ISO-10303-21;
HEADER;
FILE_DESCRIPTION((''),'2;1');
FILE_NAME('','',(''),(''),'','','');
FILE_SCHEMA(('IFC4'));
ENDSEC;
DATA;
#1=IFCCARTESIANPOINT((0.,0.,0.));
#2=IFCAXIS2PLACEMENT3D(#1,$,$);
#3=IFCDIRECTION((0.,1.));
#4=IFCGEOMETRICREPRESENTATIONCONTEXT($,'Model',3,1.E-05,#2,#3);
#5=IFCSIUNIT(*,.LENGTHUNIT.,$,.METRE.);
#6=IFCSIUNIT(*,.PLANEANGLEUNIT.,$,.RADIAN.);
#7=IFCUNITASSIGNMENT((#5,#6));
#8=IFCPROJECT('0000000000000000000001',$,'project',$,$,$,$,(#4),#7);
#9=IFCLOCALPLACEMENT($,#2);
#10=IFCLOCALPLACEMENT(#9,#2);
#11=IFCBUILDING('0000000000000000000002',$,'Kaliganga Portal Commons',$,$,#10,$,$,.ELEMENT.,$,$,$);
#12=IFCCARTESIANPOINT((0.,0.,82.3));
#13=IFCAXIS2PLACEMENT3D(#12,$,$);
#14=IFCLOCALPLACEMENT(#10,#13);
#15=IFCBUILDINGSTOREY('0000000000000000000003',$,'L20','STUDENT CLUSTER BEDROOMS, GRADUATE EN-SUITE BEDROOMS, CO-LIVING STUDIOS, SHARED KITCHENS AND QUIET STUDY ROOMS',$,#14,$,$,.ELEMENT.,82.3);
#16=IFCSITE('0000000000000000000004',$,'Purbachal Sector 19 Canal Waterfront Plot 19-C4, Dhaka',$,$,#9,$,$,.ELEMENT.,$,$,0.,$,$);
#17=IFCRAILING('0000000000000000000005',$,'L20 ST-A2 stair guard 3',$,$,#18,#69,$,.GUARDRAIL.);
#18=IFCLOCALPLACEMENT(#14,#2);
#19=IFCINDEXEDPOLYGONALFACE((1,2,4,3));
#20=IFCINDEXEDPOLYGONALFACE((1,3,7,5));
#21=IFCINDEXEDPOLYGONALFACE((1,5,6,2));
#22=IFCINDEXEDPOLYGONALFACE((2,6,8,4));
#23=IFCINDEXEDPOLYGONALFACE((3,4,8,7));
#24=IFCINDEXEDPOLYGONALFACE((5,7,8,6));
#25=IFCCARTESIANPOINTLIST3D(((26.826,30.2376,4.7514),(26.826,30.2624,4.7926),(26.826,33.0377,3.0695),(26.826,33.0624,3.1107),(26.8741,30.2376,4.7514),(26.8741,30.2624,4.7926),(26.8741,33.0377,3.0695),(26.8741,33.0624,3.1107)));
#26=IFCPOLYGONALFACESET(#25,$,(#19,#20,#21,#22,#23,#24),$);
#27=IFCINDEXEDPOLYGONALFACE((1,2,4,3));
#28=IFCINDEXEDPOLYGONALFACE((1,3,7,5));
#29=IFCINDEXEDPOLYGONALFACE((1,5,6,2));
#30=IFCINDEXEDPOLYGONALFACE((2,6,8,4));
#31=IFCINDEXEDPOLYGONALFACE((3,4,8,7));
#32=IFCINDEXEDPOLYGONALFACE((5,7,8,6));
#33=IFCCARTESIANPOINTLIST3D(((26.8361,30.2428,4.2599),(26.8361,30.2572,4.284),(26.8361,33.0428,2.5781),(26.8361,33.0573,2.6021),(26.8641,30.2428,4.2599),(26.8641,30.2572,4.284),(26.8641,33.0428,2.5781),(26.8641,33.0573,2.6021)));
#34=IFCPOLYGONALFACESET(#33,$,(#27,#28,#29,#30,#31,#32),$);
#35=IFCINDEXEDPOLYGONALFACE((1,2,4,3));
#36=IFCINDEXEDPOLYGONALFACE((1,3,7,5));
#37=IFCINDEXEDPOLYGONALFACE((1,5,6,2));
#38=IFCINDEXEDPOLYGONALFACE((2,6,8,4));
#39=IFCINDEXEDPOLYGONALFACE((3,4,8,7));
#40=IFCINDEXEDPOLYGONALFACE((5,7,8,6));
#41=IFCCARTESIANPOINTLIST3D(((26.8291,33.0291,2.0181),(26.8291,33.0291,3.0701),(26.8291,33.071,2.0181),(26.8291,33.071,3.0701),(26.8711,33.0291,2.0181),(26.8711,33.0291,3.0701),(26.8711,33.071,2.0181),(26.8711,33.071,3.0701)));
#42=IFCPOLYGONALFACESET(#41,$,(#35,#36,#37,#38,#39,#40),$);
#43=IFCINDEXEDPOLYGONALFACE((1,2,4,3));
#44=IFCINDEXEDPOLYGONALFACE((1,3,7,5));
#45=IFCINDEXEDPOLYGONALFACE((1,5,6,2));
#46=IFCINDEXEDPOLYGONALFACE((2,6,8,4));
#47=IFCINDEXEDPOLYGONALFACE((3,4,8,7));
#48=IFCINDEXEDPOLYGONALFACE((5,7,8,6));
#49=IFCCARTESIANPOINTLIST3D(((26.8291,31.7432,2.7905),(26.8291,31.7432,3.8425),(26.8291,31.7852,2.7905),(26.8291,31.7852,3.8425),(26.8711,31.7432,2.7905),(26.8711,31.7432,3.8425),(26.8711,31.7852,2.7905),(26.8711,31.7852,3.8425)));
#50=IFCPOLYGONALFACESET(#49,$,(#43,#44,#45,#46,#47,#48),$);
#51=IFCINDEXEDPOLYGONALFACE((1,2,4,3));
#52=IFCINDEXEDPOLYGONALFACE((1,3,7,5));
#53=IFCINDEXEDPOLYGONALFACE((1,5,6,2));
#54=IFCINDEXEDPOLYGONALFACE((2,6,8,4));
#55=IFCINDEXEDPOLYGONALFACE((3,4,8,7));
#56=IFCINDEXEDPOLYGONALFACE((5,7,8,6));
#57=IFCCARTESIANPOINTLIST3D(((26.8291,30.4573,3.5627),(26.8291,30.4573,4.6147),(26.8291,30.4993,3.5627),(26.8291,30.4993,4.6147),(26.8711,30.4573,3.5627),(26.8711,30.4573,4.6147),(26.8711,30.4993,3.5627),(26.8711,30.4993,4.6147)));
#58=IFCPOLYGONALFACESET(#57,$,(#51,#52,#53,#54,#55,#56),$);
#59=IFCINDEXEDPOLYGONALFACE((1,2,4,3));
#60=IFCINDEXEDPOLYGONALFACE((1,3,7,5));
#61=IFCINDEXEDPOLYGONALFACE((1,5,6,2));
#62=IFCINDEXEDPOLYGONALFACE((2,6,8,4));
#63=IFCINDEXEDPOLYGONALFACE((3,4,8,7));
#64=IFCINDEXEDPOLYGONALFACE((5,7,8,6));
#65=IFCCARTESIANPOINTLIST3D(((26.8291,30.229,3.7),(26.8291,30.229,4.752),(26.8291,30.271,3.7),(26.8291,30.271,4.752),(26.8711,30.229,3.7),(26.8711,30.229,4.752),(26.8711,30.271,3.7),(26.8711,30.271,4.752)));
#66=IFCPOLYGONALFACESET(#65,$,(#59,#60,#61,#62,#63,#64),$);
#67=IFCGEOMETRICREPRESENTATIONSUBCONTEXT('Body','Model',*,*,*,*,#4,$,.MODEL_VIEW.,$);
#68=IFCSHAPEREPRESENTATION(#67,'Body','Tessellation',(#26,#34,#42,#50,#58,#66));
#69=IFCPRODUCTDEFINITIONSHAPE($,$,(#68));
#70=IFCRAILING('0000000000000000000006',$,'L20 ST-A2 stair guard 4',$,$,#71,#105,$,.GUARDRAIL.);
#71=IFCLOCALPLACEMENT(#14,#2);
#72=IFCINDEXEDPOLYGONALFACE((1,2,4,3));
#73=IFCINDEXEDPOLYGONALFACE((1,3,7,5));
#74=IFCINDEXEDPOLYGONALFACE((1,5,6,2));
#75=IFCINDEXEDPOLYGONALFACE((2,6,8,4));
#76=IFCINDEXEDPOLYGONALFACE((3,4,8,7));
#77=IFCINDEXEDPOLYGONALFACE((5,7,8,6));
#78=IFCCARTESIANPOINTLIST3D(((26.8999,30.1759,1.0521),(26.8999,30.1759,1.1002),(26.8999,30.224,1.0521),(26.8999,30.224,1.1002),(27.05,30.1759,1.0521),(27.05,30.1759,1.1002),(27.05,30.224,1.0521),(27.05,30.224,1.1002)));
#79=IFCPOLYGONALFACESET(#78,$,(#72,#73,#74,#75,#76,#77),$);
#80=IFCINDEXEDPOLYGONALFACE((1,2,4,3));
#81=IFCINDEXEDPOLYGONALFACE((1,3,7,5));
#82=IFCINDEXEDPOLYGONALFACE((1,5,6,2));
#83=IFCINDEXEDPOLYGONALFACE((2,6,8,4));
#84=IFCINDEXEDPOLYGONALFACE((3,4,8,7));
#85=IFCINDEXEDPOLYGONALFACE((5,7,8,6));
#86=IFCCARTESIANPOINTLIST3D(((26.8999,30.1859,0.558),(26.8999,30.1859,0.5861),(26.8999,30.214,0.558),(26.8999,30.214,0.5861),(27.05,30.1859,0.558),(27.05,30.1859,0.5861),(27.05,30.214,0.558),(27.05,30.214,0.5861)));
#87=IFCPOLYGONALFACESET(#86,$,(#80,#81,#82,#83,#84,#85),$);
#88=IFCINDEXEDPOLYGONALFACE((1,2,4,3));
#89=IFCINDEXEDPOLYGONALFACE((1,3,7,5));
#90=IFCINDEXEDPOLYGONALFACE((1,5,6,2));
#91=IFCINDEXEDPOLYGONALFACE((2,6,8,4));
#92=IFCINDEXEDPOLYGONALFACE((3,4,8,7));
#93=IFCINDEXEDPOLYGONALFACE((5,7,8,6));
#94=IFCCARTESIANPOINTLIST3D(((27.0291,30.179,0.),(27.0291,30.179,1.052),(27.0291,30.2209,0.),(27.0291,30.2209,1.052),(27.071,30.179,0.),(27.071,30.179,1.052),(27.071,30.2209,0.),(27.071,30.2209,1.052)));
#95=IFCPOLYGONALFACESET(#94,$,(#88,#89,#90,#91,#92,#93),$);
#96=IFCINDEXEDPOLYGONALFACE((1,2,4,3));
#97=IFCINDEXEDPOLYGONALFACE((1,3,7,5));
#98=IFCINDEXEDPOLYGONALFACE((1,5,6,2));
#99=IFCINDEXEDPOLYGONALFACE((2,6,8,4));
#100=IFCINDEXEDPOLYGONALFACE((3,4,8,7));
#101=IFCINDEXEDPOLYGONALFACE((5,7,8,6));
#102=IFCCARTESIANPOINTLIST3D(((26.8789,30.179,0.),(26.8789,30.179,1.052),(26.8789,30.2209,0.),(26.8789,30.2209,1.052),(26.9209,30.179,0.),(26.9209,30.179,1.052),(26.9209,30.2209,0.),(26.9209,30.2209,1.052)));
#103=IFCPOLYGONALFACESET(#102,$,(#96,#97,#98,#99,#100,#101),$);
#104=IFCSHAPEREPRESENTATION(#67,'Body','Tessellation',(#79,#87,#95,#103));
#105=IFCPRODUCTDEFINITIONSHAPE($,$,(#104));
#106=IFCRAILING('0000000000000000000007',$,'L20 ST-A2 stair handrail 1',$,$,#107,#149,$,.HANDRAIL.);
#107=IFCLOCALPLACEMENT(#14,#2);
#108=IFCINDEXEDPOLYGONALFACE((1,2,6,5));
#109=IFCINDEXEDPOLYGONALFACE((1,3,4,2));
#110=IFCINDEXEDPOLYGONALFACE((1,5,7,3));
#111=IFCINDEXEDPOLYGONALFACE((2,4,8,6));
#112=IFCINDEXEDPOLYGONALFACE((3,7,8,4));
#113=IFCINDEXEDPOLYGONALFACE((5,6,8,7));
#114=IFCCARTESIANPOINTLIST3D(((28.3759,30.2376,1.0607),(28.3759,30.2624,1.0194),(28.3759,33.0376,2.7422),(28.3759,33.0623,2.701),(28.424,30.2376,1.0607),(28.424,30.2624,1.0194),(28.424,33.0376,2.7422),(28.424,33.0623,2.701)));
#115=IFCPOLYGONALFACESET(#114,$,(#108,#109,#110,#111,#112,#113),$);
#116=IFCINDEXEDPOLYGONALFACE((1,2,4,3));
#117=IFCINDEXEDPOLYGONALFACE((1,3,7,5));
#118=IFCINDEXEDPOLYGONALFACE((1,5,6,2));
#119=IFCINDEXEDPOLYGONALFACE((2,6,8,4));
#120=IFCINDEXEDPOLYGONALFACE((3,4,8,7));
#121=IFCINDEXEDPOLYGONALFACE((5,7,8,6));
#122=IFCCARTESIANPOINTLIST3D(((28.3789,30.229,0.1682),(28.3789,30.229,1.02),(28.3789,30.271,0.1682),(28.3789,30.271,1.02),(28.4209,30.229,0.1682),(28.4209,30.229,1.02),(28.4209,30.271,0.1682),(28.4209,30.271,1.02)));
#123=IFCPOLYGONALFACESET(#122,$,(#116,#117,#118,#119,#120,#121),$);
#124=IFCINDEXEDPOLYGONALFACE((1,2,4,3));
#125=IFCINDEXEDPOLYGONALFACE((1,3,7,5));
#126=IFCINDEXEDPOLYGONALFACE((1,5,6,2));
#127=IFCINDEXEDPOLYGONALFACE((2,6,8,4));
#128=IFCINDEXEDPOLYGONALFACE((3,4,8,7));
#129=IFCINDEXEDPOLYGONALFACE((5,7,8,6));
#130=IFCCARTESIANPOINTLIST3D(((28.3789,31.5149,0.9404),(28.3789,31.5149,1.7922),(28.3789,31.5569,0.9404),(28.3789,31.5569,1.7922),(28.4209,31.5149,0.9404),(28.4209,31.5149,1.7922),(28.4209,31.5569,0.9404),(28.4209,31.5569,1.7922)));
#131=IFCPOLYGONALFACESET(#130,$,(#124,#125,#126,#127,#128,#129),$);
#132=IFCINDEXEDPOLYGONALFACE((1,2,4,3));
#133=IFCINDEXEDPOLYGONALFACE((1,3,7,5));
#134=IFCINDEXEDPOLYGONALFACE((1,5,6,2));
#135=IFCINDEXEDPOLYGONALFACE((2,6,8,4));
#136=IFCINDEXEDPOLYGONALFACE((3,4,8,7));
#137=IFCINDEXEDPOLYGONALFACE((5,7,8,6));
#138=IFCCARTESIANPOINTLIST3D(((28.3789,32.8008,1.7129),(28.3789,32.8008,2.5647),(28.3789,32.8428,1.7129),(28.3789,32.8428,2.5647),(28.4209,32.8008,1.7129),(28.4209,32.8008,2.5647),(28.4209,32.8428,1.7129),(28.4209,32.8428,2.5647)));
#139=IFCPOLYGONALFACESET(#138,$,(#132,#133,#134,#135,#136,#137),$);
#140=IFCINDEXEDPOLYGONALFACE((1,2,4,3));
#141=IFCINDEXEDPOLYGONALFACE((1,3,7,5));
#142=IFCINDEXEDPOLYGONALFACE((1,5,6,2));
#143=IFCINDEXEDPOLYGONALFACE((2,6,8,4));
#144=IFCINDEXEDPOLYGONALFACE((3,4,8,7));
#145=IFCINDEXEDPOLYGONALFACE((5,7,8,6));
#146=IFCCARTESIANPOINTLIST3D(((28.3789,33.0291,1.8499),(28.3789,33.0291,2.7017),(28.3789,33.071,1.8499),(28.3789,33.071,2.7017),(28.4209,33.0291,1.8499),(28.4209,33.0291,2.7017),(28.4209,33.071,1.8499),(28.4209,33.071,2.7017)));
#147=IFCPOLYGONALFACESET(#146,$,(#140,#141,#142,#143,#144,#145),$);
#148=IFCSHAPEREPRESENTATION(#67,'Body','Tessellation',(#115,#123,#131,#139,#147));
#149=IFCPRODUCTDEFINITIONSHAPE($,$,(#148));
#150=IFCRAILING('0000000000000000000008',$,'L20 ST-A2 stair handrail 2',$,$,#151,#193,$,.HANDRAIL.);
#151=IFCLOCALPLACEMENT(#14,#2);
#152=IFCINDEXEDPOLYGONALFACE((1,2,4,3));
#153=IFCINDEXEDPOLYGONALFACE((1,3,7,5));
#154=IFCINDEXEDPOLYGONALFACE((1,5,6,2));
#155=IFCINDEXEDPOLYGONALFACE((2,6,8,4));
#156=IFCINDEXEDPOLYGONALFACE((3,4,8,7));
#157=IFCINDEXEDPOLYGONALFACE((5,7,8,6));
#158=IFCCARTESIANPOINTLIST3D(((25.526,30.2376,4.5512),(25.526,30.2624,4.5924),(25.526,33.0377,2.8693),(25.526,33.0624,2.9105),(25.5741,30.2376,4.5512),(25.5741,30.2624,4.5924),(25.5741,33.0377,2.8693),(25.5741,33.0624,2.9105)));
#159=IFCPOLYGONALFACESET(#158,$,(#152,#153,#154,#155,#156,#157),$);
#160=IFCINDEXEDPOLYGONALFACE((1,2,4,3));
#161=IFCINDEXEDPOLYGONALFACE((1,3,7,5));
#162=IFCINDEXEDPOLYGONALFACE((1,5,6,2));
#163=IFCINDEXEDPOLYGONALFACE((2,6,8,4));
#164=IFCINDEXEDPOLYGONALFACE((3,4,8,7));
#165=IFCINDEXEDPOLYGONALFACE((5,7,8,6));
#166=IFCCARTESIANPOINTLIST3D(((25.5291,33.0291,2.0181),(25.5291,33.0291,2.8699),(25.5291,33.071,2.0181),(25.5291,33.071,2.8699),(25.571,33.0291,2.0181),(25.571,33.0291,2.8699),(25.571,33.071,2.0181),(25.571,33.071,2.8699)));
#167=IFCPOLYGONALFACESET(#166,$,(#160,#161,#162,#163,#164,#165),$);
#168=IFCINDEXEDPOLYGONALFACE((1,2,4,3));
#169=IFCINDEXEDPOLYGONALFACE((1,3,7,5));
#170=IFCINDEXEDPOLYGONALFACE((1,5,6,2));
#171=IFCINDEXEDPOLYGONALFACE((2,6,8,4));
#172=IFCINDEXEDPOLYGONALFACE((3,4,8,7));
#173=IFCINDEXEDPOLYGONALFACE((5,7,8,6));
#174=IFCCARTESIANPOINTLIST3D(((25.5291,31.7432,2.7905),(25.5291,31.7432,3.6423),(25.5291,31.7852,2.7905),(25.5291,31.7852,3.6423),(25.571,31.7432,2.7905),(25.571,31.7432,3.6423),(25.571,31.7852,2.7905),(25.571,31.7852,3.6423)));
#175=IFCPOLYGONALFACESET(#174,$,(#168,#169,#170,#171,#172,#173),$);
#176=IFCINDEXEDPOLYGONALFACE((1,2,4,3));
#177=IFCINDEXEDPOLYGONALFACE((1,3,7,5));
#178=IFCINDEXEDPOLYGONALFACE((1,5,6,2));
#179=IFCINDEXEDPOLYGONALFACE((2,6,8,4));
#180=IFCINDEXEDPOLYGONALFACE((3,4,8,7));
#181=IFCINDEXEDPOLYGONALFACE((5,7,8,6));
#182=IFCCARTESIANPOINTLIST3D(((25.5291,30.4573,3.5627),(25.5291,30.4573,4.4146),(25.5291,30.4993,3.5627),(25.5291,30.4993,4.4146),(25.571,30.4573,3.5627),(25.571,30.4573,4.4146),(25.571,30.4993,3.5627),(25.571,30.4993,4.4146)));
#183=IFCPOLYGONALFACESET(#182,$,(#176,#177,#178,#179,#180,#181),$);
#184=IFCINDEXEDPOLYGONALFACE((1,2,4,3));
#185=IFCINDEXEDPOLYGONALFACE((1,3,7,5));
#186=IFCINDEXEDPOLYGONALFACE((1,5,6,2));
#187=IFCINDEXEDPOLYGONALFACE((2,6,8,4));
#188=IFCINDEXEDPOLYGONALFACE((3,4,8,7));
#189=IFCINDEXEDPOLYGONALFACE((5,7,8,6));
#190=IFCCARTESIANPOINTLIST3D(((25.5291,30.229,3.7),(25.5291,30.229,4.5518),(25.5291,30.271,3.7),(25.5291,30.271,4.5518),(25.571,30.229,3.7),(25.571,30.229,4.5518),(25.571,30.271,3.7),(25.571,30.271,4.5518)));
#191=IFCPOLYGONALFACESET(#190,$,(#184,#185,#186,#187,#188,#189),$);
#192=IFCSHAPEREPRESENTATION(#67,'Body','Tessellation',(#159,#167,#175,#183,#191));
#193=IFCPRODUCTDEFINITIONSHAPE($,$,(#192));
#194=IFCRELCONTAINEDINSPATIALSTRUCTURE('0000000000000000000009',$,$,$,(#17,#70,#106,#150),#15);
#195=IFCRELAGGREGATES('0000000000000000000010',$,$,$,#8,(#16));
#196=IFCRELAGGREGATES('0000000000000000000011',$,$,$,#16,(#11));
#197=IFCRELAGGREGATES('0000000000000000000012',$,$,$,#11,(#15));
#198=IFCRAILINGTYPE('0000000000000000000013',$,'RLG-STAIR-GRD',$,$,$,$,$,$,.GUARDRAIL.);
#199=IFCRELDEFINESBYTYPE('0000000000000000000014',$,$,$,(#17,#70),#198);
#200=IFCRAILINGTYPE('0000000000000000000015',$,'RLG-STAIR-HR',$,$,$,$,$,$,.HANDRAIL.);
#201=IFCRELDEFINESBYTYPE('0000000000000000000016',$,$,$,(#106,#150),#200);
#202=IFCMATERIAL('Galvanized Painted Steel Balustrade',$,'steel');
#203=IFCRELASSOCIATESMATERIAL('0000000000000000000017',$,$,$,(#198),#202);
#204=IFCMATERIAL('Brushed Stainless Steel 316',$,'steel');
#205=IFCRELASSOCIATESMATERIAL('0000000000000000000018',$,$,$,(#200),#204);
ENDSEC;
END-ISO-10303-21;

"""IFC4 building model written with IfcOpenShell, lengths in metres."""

from ifc_helpers import new_model, si_unit, direction, frame, origin, origin_2d, place, context, subcontext, project, spatial, rectangle, extrude, material, type_object, element, save


model = new_model("IFC4")

# Units and contexts
model_context = context("Model", 3, precision=1e-05, world=origin(), true_north=direction((0.0, 1.0)))
body_context = subcontext(model_context, "Body", "Model", "MODEL_VIEW")
ifc_project = project(units=[si_unit("LENGTHUNIT", "METRE"), si_unit("PLANEANGLEUNIT", "RADIAN")], contexts=[model_context])

# Site, building, storey
site_placement = place(None, origin())
site = spatial("IfcSite", under=ifc_project, at=site_placement, Name="Purbachal Sector 19 Canal Waterfront Plot 19-C4, Dhaka", CompositionType="ELEMENT", RefElevation=0.0)
building_placement = place(site_placement, origin())
building = spatial("IfcBuilding", under=site, at=building_placement, Name="Kaliganga Portal Commons", CompositionType="ELEMENT")
storey_placement = place(building_placement, frame((0.0, 0.0, 82.3)))
storey = spatial("IfcBuildingStorey", under=building, at=storey_placement, Name="L20", Description="STUDENT CLUSTER BEDROOMS, GRADUATE EN-SUITE BEDROOMS, CO-LIVING STUDIOS, SHARED KITCHENS AND QUIET STUDY ROOMS", CompositionType="ELEMENT", Elevation=82.3)

# Railings
ifc_material_1 = material(Name="Galvanized Painted Steel Balustrade", Category="steel")
railing_type_1 = type_object("IfcRailingType", Name="RLG-STAIR-GRD", PredefinedType="GUARDRAIL", material=ifc_material_1)
railing_1_placement = place(storey_placement, frame((26.8501, 33.05, 2.0181)))
element("IfcRailing", 1, at=railing_1_placement, inside=storey, type_object=railing_type_1, Name="L20 ST-A2 stair guard 3", PredefinedType="GUARDRAIL", context=body_context, shape_type="SweptSolid", body=[
    extrude(rectangle(XDim=0.0481, YDim=0.0481, at=origin_2d()), frame((0.0, 0.0, 1.072), z_axis=(0.0, -0.857242, 0.514913), x_axis=(1.0, 0.0, 0.0)), (0.0, 0.0, 1.0), 3.2664),
    extrude(rectangle(XDim=0.0281, YDim=0.0281, at=origin_2d()), frame((0.0, 0.0, 0.572), z_axis=(0.0, -0.857242, 0.514913), x_axis=(1.0, 0.0, 0.0)), (0.0, 0.0, 1.0), 3.2664),
    extrude(rectangle(XDim=0.042, YDim=0.042, at=origin_2d()), origin(), (0.0, 0.0, 1.0), 1.052),
    extrude(rectangle(XDim=0.042, YDim=0.042, at=origin_2d()), frame((0.0, -1.2859, 0.7725)), (0.0, 0.0, 1.0), 1.052),
    extrude(rectangle(XDim=0.042, YDim=0.042, at=origin_2d()), frame((0.0, -2.5718, 1.5447)), (0.0, 0.0, 1.0), 1.052),
    extrude(rectangle(XDim=0.042, YDim=0.042, at=origin_2d()), frame((0.0, -2.8, 1.6819)), (0.0, 0.0, 1.0), 1.052),
])
railing_2_placement = place(storey_placement, frame((27.05, 30.2, 0.0)))
element("IfcRailing", 2, at=railing_2_placement, inside=storey, type_object=railing_type_1, Name="L20 ST-A2 stair guard 4", PredefinedType="GUARDRAIL", context=body_context, shape_type="SweptSolid", body=[
    extrude(rectangle(XDim=0.0481, YDim=0.0481, at=origin_2d()), frame((0.0, 0.0, 1.0762), z_axis=(-1.0, 0.0, 0.0), x_axis=(0.0, -1.0, 0.0)), (0.0, 0.0, 1.0), 0.1501),
    extrude(rectangle(XDim=0.0281, YDim=0.0281, at=origin_2d()), frame((0.0, 0.0, 0.572), z_axis=(-1.0, 0.0, 0.0), x_axis=(0.0, -1.0, 0.0)), (0.0, 0.0, 1.0), 0.1501),
    extrude(rectangle(XDim=0.042, YDim=0.042, at=origin_2d()), origin(), (0.0, 0.0, 1.0), 1.052),
    extrude(rectangle(XDim=0.042, YDim=0.042, at=origin_2d()), frame((-0.1501, 0.0, 0.0)), (0.0, 0.0, 1.0), 1.052),
])
ifc_material_2 = material(Name="Brushed Stainless Steel 316", Category="steel")
railing_type_2 = type_object("IfcRailingType", Name="RLG-STAIR-HR", PredefinedType="HANDRAIL", material=ifc_material_2)
railing_3_placement = place(storey_placement, frame((28.3999, 30.25, 0.1682)))
element("IfcRailing", 3, at=railing_3_placement, inside=storey, type_object=railing_type_2, Name="L20 ST-A2 stair handrail 1", PredefinedType="HANDRAIL", context=body_context, shape_type="SweptSolid", body=[
    extrude(rectangle(XDim=0.0481, YDim=0.0481, at=origin_2d()), frame((0.0, 0.0, 0.8718), z_axis=(0.0, 0.857275, 0.514858), x_axis=(-1.0, 0.0, 0.0)), (0.0, 0.0, 1.0), 3.2661),
    extrude(rectangle(XDim=0.042, YDim=0.042, at=origin_2d()), origin(), (0.0, 0.0, 1.0), 0.8518),
    extrude(rectangle(XDim=0.042, YDim=0.042, at=origin_2d()), frame((0.0, 1.2859, 0.7722)), (0.0, 0.0, 1.0), 0.8518),
    extrude(rectangle(XDim=0.042, YDim=0.042, at=origin_2d()), frame((0.0, 2.5718, 1.5447)), (0.0, 0.0, 1.0), 0.8518),
    extrude(rectangle(XDim=0.042, YDim=0.042, at=origin_2d()), frame((0.0, 2.8, 1.6816)), (0.0, 0.0, 1.0), 0.8518),
])
railing_4_placement = place(storey_placement, frame((25.55, 33.05, 2.0181)))
element("IfcRailing", 4, at=railing_4_placement, inside=storey, type_object=railing_type_2, Name="L20 ST-A2 stair handrail 2", PredefinedType="HANDRAIL", context=body_context, shape_type="SweptSolid", body=[
    extrude(rectangle(XDim=0.0481, YDim=0.0481, at=origin_2d()), frame((0.0, 0.0, 0.8718), z_axis=(0.0, -0.857242, 0.514913), x_axis=(1.0, 0.0, 0.0)), (0.0, 0.0, 1.0), 3.2664),
    extrude(rectangle(XDim=0.042, YDim=0.042, at=origin_2d()), origin(), (0.0, 0.0, 1.0), 0.8518),
    extrude(rectangle(XDim=0.042, YDim=0.042, at=origin_2d()), frame((0.0, -1.2859, 0.7725)), (0.0, 0.0, 1.0), 0.8518),
    extrude(rectangle(XDim=0.042, YDim=0.042, at=origin_2d()), frame((0.0, -2.5718, 1.5447)), (0.0, 0.0, 1.0), 0.8518),
    extrude(rectangle(XDim=0.042, YDim=0.042, at=origin_2d()), frame((0.0, -2.8, 1.6819)), (0.0, 0.0, 1.0), 0.8518),
])

save(model, "model.ifc")
